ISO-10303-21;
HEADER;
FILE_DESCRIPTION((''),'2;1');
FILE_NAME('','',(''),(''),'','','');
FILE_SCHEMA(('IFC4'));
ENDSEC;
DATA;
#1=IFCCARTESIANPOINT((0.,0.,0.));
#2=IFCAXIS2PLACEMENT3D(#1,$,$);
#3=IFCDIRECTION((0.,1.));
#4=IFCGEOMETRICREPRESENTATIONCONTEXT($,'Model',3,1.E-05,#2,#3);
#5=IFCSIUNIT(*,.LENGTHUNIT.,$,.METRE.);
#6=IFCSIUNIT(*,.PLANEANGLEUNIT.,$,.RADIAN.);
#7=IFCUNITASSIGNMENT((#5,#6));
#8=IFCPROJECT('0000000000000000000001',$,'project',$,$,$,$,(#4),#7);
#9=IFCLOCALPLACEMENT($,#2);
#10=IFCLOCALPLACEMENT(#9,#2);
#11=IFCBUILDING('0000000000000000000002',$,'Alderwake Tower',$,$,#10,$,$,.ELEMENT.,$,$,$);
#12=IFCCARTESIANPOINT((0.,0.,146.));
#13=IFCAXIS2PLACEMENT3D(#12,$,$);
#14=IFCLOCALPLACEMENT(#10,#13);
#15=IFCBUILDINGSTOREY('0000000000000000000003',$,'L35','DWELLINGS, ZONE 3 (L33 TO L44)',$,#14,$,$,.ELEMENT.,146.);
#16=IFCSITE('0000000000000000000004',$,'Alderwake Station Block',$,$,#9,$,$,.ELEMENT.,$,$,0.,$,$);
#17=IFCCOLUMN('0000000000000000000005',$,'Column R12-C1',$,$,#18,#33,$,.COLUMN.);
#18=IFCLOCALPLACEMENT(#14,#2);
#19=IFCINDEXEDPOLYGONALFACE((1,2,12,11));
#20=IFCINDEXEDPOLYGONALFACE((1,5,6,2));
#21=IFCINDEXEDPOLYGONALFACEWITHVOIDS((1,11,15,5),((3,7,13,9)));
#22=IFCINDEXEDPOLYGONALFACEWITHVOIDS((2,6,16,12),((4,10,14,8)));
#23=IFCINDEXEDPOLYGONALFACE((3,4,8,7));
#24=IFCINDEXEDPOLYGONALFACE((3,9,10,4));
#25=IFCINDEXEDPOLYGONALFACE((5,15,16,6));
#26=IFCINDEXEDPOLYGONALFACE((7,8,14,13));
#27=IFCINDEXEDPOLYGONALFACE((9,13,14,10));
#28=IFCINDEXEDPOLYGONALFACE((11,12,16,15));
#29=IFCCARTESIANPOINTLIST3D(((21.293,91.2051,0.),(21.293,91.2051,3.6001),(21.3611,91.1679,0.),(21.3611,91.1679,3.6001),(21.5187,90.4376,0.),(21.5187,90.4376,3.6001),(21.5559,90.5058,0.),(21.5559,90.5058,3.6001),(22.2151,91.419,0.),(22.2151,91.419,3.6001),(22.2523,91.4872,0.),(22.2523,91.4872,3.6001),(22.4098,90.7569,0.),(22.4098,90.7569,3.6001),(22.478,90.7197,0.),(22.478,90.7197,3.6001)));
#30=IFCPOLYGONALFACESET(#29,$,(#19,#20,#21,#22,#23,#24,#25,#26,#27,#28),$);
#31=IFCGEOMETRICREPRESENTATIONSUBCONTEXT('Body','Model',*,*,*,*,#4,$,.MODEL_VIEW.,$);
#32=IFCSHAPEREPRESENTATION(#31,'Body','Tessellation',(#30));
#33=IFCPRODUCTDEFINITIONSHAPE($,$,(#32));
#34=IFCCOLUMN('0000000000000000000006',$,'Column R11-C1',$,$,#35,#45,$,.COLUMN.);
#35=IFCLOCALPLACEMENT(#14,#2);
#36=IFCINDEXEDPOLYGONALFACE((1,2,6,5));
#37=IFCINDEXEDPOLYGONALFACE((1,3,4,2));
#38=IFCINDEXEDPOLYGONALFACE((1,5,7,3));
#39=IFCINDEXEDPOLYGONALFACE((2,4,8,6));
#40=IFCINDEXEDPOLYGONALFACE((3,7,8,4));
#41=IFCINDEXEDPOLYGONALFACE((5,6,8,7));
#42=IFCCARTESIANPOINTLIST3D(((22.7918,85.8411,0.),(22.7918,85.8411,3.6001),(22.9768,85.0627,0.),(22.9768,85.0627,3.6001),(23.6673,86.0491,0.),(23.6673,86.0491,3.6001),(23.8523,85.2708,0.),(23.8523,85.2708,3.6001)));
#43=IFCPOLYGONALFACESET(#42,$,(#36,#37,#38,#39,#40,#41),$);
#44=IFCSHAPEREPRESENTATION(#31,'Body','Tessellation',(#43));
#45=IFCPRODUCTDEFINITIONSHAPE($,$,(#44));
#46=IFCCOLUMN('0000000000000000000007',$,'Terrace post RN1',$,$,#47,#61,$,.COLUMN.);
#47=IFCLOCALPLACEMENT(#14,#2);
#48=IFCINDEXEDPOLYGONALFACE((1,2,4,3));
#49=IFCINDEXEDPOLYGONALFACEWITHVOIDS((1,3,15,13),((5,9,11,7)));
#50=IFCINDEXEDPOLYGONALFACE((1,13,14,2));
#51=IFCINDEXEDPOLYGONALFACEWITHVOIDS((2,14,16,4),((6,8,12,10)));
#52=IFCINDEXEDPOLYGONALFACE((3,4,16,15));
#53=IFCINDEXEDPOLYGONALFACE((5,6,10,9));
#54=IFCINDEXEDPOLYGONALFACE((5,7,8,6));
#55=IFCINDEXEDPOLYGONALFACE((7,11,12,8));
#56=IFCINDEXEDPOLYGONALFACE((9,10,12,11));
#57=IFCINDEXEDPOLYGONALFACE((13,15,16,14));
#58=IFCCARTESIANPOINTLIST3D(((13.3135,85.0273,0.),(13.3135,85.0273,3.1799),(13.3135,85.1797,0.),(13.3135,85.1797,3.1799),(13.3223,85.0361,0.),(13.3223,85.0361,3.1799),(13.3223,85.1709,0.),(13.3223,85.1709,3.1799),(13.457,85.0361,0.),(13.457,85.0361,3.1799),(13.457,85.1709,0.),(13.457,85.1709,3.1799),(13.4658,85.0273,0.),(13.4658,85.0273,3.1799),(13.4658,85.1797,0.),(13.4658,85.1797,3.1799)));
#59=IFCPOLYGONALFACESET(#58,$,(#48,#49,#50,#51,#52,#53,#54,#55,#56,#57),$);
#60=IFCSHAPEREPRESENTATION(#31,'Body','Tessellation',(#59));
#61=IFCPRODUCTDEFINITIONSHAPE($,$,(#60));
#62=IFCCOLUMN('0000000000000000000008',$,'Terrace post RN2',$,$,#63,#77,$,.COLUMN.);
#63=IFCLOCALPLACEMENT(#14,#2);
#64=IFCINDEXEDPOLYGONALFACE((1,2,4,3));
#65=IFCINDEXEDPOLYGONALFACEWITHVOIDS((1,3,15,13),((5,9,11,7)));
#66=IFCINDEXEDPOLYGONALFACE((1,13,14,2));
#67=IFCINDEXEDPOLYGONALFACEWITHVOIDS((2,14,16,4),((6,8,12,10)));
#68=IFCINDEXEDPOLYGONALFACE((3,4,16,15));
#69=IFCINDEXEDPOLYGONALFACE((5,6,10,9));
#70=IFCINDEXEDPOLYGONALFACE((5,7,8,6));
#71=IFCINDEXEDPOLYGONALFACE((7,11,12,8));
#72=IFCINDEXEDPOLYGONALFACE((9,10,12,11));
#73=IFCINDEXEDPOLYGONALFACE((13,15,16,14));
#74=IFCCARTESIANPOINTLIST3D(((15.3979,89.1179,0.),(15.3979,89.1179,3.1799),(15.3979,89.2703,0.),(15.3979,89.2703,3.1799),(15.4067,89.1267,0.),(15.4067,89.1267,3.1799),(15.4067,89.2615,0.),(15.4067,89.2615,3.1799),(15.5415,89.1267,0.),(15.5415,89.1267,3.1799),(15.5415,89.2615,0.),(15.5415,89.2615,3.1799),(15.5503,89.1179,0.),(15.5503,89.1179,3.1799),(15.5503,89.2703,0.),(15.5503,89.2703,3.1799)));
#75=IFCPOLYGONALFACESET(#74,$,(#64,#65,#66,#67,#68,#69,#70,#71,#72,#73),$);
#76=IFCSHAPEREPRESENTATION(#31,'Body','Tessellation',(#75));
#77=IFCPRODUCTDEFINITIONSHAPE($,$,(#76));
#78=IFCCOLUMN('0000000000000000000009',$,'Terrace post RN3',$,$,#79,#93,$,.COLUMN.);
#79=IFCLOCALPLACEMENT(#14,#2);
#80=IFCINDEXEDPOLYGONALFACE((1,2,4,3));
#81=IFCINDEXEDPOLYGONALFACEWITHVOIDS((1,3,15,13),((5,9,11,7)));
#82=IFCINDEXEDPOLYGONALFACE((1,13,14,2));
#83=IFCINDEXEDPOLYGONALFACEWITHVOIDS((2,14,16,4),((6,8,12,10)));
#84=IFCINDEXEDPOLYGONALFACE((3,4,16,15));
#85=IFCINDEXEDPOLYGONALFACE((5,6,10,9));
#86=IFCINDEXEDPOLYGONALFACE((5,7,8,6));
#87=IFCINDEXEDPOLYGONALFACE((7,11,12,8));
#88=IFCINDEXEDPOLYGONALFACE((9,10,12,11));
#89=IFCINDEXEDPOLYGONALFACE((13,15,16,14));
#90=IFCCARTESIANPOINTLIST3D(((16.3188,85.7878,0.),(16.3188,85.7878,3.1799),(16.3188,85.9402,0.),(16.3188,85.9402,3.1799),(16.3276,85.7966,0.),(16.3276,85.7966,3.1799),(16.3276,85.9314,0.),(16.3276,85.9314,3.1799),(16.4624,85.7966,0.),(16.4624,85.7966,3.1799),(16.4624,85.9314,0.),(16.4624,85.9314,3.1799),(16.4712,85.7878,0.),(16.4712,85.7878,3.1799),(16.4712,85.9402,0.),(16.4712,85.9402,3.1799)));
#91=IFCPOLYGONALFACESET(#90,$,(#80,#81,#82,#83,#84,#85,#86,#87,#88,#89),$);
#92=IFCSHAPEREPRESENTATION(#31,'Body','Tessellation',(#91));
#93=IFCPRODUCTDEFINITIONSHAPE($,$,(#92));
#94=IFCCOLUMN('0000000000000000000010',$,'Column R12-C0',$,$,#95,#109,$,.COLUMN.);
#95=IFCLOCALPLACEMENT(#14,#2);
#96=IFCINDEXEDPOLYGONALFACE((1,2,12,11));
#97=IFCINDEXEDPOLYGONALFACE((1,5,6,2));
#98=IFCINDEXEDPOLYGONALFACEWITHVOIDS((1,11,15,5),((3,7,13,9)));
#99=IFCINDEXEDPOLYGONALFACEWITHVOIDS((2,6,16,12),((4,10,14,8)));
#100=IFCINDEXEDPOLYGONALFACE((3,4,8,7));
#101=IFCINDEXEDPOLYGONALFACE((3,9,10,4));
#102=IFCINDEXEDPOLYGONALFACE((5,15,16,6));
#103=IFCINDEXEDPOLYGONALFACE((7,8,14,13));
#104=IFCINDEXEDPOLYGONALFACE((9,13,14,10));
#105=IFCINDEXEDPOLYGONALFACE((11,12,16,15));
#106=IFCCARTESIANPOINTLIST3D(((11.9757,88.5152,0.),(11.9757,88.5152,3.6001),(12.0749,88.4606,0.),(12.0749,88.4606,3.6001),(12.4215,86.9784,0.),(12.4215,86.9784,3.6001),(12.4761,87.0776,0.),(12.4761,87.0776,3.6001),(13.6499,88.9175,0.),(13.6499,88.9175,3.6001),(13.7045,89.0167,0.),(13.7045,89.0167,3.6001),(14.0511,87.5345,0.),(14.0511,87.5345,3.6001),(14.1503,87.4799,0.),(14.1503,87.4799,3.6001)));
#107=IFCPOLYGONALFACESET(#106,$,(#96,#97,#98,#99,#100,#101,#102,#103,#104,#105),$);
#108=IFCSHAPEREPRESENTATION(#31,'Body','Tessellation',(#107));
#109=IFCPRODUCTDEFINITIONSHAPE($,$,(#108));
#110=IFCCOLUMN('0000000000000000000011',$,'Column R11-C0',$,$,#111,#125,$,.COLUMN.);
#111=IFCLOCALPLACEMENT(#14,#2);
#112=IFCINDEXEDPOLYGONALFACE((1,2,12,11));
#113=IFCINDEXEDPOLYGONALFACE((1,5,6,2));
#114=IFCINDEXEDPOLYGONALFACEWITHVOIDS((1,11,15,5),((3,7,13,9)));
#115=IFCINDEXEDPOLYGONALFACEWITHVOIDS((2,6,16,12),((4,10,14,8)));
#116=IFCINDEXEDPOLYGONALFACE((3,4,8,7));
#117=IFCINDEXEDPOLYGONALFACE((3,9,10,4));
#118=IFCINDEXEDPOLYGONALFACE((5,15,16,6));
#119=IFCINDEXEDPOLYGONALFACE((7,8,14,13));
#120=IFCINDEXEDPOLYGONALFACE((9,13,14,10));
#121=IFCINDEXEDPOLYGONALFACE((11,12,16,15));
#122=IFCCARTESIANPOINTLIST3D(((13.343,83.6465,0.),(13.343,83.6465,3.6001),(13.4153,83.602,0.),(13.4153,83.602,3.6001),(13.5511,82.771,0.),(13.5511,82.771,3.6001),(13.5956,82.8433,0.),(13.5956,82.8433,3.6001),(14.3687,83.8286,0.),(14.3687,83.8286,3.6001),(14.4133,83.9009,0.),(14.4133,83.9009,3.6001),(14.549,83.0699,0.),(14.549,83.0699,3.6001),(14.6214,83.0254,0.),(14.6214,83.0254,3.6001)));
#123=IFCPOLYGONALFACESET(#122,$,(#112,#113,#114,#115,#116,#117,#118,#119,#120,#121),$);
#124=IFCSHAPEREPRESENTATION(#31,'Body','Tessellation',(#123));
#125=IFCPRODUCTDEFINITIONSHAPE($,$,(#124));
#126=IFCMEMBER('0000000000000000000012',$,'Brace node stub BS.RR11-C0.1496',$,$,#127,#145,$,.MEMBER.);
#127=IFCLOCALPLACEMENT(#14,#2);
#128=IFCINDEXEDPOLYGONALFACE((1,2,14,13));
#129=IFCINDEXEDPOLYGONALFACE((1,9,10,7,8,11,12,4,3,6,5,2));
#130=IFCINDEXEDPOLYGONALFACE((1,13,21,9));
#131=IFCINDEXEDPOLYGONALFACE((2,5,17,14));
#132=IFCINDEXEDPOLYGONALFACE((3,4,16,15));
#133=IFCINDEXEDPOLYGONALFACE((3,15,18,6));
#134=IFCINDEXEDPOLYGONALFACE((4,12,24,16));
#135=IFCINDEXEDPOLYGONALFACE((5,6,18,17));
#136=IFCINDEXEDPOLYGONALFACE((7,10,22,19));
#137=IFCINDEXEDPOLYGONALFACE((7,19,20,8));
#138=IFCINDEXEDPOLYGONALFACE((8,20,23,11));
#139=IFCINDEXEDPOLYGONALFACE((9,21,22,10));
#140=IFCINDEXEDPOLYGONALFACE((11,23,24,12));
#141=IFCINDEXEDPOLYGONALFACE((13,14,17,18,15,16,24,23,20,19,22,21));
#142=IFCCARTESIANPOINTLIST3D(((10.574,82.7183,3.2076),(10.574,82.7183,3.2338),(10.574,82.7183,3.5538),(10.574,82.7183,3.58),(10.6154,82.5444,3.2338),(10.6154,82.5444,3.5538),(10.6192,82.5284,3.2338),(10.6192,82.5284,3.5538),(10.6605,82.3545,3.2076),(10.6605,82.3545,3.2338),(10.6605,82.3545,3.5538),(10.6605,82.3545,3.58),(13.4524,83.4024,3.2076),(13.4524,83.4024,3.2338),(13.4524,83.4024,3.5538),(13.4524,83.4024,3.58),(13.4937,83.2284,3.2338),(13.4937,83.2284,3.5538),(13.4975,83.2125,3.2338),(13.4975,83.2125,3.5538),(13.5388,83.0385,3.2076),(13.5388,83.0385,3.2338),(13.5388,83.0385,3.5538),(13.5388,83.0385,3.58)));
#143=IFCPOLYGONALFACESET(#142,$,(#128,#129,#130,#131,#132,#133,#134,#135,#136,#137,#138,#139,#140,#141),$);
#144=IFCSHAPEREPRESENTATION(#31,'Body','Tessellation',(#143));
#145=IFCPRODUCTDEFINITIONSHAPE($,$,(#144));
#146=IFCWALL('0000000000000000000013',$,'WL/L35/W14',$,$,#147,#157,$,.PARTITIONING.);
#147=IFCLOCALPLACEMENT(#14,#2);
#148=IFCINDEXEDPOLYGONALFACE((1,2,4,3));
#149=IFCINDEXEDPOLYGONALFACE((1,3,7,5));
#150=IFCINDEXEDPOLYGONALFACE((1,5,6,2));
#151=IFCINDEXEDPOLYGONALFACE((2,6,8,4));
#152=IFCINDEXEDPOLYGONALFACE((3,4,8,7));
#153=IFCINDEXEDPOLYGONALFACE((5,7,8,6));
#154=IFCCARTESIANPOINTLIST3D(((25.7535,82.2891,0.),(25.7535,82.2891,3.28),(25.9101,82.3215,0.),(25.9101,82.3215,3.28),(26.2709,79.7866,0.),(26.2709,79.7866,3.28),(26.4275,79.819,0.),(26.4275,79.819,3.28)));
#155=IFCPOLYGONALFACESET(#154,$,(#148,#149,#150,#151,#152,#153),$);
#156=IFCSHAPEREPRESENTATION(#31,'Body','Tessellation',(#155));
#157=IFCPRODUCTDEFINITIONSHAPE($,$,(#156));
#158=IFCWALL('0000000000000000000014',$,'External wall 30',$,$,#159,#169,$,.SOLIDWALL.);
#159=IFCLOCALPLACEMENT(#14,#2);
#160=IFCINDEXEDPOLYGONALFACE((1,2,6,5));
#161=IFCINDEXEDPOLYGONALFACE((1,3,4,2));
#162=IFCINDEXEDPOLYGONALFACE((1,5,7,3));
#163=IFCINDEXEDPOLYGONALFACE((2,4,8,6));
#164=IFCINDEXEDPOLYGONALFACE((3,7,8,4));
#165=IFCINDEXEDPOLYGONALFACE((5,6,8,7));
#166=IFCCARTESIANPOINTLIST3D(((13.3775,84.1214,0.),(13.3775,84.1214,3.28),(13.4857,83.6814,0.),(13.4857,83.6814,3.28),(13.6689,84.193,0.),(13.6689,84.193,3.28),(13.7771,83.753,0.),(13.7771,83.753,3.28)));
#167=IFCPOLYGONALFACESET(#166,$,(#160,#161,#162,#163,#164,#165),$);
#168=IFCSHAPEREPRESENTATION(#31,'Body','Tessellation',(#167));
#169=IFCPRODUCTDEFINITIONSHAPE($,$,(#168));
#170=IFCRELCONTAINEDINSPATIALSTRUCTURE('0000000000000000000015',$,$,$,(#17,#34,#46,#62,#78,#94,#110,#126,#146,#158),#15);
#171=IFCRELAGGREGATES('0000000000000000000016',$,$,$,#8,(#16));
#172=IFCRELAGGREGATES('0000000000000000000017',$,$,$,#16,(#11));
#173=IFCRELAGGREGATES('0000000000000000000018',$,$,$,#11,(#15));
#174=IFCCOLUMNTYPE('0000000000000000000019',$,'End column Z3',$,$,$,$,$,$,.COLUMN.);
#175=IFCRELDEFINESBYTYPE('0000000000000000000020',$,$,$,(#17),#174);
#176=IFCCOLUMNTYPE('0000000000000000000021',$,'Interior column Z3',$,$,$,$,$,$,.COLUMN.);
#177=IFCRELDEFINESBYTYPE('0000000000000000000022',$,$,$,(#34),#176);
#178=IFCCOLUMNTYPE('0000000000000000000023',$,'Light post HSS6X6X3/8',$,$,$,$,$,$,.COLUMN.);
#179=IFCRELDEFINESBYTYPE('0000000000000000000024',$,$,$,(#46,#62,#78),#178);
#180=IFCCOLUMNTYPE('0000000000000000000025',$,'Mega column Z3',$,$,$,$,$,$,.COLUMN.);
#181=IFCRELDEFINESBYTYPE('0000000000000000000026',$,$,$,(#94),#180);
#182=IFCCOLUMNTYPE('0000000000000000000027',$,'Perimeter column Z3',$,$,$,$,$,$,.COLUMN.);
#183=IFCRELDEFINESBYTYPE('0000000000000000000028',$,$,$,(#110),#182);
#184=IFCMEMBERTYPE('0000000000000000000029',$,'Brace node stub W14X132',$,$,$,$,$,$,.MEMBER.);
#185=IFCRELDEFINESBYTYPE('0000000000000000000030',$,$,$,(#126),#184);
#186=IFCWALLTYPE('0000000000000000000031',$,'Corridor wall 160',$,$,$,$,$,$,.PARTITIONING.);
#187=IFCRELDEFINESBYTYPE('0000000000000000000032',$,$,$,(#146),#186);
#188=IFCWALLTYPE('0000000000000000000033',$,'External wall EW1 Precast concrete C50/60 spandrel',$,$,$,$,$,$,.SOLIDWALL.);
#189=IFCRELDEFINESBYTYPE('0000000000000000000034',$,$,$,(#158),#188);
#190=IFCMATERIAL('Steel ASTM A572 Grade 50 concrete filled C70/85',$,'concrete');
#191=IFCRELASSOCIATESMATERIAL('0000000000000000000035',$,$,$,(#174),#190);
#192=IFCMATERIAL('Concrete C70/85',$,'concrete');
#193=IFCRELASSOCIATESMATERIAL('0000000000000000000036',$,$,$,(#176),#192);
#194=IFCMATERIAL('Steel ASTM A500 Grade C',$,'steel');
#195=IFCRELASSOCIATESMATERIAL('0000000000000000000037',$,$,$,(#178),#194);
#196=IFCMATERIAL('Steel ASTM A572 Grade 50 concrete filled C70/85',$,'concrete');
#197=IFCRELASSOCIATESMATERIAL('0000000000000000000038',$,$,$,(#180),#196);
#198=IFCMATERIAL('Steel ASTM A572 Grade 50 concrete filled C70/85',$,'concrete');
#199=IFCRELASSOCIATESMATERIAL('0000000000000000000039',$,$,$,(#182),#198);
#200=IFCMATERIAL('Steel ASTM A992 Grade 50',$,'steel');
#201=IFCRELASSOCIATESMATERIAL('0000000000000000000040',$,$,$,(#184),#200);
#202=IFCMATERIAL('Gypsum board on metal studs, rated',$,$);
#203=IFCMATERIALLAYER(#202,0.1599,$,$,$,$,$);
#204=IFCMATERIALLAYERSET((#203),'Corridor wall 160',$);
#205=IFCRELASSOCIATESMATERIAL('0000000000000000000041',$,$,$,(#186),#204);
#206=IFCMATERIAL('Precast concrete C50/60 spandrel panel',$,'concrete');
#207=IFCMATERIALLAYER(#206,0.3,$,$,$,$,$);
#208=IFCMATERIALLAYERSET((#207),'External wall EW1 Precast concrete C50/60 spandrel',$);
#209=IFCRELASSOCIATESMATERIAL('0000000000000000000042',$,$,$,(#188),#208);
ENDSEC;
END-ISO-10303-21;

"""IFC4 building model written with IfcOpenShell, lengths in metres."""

from ifc_helpers import new_model, si_unit, direction, frame, frame_2d, origin, origin_2d, place, context, subcontext, project, spatial, rectangle, hollow_rectangle, i_section, extrude, material, layer, layer_set, material_profile, profile_set, type_object, element, save


model = new_model("IFC4")

# Units and contexts
model_context = context("Model", 3, precision=1e-05, world=origin(), true_north=direction((0.0, 1.0)))
body_context = subcontext(model_context, "Body", "Model", "MODEL_VIEW")
ifc_project = project(units=[si_unit("LENGTHUNIT", "METRE"), si_unit("PLANEANGLEUNIT", "RADIAN")], contexts=[model_context])

# Site, building, storey
site_placement = place(None, origin())
site = spatial("IfcSite", under=ifc_project, at=site_placement, Name="Alderwake Station Block", CompositionType="ELEMENT", RefElevation=0.0)
building_placement = place(site_placement, origin())
building = spatial("IfcBuilding", under=site, at=building_placement, Name="Alderwake Tower", CompositionType="ELEMENT")
storey_placement = place(building_placement, frame((0.0, 0.0, 146.0)))
storey = spatial("IfcBuildingStorey", under=building, at=storey_placement, Name="L35", Description="DWELLINGS, ZONE 3 (L33 TO L44)", CompositionType="ELEMENT", Elevation=146.0)

# Columns
ifc_material_1 = material(Name="Steel ASTM A572 Grade 50 concrete filled C70/85", Category="concrete")
ifc_material_profile_1 = material_profile(ifc_material_1, hollow_rectangle(XDim=0.8, YDim=1.0, WallThickness=0.0549, at=origin_2d()), Name="BOX 1000X800X55")
ifc_profile_set_1 = profile_set([ifc_material_profile_1], Name="Steel ASTM A572 Grade 50 concrete filled C70/85")
column_type_1 = type_object("IfcColumnType", Name="End column Z3", PredefinedType="COLUMN", material=ifc_profile_set_1)
column_1_placement = place(storey_placement, frame((21.8855, 90.9624, 0.0), z_axis=(0.0, 0.0, 1.0), x_axis=(-0.282132, 0.959376, 0.0)))
element("IfcColumn", 1, at=column_1_placement, inside=storey, type_object=column_type_1, Name="Column R12-C1", PredefinedType="COLUMN", context=body_context, shape_type="SweptSolid", body=[
    extrude(hollow_rectangle(XDim=0.8, YDim=1.0, WallThickness=0.0549, at=origin_2d()), origin(), (0.0, 0.0, 1.0), 3.6001),
])
ifc_material_2 = material(Name="Concrete C70/85", Category="concrete")
ifc_material_profile_2 = material_profile(ifc_material_2, rectangle(XDim=0.8, YDim=0.8999, at=origin_2d()), Name="RC 900X800")
ifc_profile_set_2 = profile_set([ifc_material_profile_2], Name="Concrete C70/85")
column_type_2 = type_object("IfcColumnType", Name="Interior column Z3", PredefinedType="COLUMN", material=ifc_profile_set_2)
column_2_placement = place(storey_placement, frame((23.322, 85.5559, 0.0), z_axis=(0.0, 0.0, 1.0), x_axis=(-0.231222, 0.972901, 0.0)))
element("IfcColumn", 2, at=column_2_placement, inside=storey, type_object=column_type_2, Name="Column R11-C1", PredefinedType="COLUMN", context=body_context, shape_type="SweptSolid", body=[
    extrude(rectangle(XDim=0.8, YDim=0.8999, at=origin_2d()), origin(), (0.0, 0.0, 1.0), 3.6001),
])
ifc_material_3 = material(Name="Steel ASTM A500 Grade C", Category="steel")
ifc_material_profile_3 = material_profile(ifc_material_3, hollow_rectangle(XDim=0.1523, YDim=0.1523, WallThickness=0.0088, at=origin_2d()), Name="HSS6X6X3/8")
ifc_profile_set_3 = profile_set([ifc_material_profile_3], Name="Steel ASTM A500 Grade C")
column_type_3 = type_object("IfcColumnType", Name="Light post HSS6X6X3/8", PredefinedType="COLUMN", material=ifc_profile_set_3)
for number, where, z_axis, x_axis, name in (
    (3, (13.3896, 85.1035, 0.0), (0.0, 0.0, 1.0), (1.0, 0.0, 0.0), "Terrace post RN1"),
    (4, (15.4741, 89.1941, 0.0), (0.0, 0.0, 1.0), (1.0, 0.0, 0.0), "Terrace post RN2"),
    (5, (16.395, 85.864, 0.0), (0.0, 0.0, 1.0), (1.0, 0.0, 0.0), "Terrace post RN3"),
):
    element("IfcColumn", number, at=place(storey_placement, frame(where, z_axis=z_axis, x_axis=x_axis)), inside=storey, type_object=column_type_3, Name=name, PredefinedType="COLUMN", context=body_context, shape_type="SweptSolid", body=[
        extrude(hollow_rectangle(XDim=0.1523, YDim=0.1523, WallThickness=0.0088, at=origin_2d()), origin(), (0.0, 0.0, 1.0), 3.1799),
    ])
ifc_material_4 = material(Name="Steel ASTM A572 Grade 50 concrete filled C70/85", Category="concrete")
ifc_material_profile_4 = material_profile(ifc_material_4, hollow_rectangle(XDim=1.6001, YDim=1.8, WallThickness=0.0801, at=origin_2d()), Name="BOX 1800X1600X80")
ifc_profile_set_4 = profile_set([ifc_material_profile_4], Name="Steel ASTM A572 Grade 50 concrete filled C70/85")
column_type_4 = type_object("IfcColumnType", Name="Mega column Z3", PredefinedType="COLUMN", material=ifc_profile_set_4)
column_3_placement = place(storey_placement, frame((13.063, 87.9976, 0.0), z_axis=(0.0, 0.0, 1.0), x_axis=(-0.278612, 0.960404, 0.0)))
element("IfcColumn", 6, at=column_3_placement, inside=storey, type_object=column_type_4, Name="Column R12-C0", PredefinedType="COLUMN", context=body_context, shape_type="SweptSolid", body=[
    extrude(hollow_rectangle(XDim=1.6001, YDim=1.8, WallThickness=0.0801, at=origin_2d()), origin(), (0.0, 0.0, 1.0), 3.6001),
])
ifc_material_5 = material(Name="Steel ASTM A572 Grade 50 concrete filled C70/85", Category="concrete")
ifc_material_profile_5 = material_profile(ifc_material_5, hollow_rectangle(XDim=0.8999, YDim=1.1001, WallThickness=0.0601, at=origin_2d()), Name="BOX 1100X900X60")
ifc_profile_set_5 = profile_set([ifc_material_profile_5], Name="Steel ASTM A572 Grade 50 concrete filled C70/85")
column_type_5 = type_object("IfcColumnType", Name="Perimeter column Z3", PredefinedType="COLUMN", material=ifc_profile_set_5)
column_4_placement = place(storey_placement, frame((13.9822, 83.3359, 0.0), z_axis=(0.0, 0.0, 1.0), x_axis=(-0.231222, 0.972901, 0.0)))
element("IfcColumn", 7, at=column_4_placement, inside=storey, type_object=column_type_5, Name="Column R11-C0", PredefinedType="COLUMN", context=body_context, shape_type="SweptSolid", body=[
    extrude(hollow_rectangle(XDim=0.8999, YDim=1.1001, WallThickness=0.0601, at=origin_2d()), origin(), (0.0, 0.0, 1.0), 3.6001),
])

# Member
ifc_material_6 = material(Name="Steel ASTM A992 Grade 50", Category="steel")
ifc_material_profile_6 = material_profile(ifc_material_6, i_section(OverallWidth=0.374, OverallDepth=0.3723, WebThickness=0.0164, FlangeThickness=0.0261, at=origin_2d()), Name="W14X132")
ifc_profile_set_6 = profile_set([ifc_material_profile_6], Name="Steel ASTM A992 Grade 50")
member_type = type_object("IfcMemberType", Name="Brace node stub W14X132", PredefinedType="MEMBER", material=ifc_profile_set_6)
member_placement = place(storey_placement, frame((13.4956, 83.2205, 3.3938), z_axis=(-0.972902, -0.231219, 0.0), x_axis=(0.231219, -0.972902, 0.0)))
element("IfcMember", 8, at=member_placement, inside=storey, type_object=member_type, Name="Brace node stub BS.RR11-C0.1496", PredefinedType="MEMBER", context=body_context, shape_type="SweptSolid", body=[
    extrude(i_section(OverallWidth=0.374, OverallDepth=0.3723, WebThickness=0.0164, FlangeThickness=0.0261, at=origin_2d()), origin(), (0.0, 0.0, 1.0), 2.9585),
])

# Walls
ifc_material_7 = material(Name="Gypsum board on metal studs, rated")
ifc_layer_1 = layer(ifc_material_7, 0.1599)
ifc_layer_set_1 = layer_set([ifc_layer_1], Name="Corridor wall 160")
wall_type_1 = type_object("IfcWallType", Name="Corridor wall 160", PredefinedType="PARTITIONING", material=ifc_layer_set_1)
wall_1_placement = place(storey_placement, frame((25.8318, 82.3054, 0.0), z_axis=(0.0, 0.0, 1.0), x_axis=(0.202451, -0.979292, 0.0)))
element("IfcWall", 9, at=wall_1_placement, inside=storey, type_object=wall_type_1, Name="WL/L35/W14", PredefinedType="PARTITIONING", context=body_context, shape_type="SweptSolid", body=[
    extrude(rectangle(XDim=2.5554, YDim=0.1599, at=frame_2d((1.2778, 0.0))), origin(), (0.0, 0.0, 1.0), 3.28),
])
ifc_material_8 = material(Name="Precast concrete C50/60 spandrel panel", Category="concrete")
ifc_layer_2 = layer(ifc_material_8, 0.3)
ifc_layer_set_2 = layer_set([ifc_layer_2], Name="External wall EW1 Precast concrete C50/60 spandrel")
wall_type_2 = type_object("IfcWallType", Name="External wall EW1 Precast concrete C50/60 spandrel", PredefinedType="SOLIDWALL", material=ifc_layer_set_2)
wall_2_placement = place(storey_placement, frame((13.5232, 84.1572, 0.0), z_axis=(0.0, 0.0, 1.0), x_axis=(0.23873, -0.971086, 0.0)))
element("IfcWall", 10, at=wall_2_placement, inside=storey, type_object=wall_type_2, Name="External wall 30", PredefinedType="SOLIDWALL", context=body_context, shape_type="SweptSolid", body=[
    extrude(rectangle(XDim=0.4531, YDim=0.3, at=frame_2d((0.2266, 0.0))), origin(), (0.0, 0.0, 1.0), 3.28),
])

save(model, "model.ifc")
